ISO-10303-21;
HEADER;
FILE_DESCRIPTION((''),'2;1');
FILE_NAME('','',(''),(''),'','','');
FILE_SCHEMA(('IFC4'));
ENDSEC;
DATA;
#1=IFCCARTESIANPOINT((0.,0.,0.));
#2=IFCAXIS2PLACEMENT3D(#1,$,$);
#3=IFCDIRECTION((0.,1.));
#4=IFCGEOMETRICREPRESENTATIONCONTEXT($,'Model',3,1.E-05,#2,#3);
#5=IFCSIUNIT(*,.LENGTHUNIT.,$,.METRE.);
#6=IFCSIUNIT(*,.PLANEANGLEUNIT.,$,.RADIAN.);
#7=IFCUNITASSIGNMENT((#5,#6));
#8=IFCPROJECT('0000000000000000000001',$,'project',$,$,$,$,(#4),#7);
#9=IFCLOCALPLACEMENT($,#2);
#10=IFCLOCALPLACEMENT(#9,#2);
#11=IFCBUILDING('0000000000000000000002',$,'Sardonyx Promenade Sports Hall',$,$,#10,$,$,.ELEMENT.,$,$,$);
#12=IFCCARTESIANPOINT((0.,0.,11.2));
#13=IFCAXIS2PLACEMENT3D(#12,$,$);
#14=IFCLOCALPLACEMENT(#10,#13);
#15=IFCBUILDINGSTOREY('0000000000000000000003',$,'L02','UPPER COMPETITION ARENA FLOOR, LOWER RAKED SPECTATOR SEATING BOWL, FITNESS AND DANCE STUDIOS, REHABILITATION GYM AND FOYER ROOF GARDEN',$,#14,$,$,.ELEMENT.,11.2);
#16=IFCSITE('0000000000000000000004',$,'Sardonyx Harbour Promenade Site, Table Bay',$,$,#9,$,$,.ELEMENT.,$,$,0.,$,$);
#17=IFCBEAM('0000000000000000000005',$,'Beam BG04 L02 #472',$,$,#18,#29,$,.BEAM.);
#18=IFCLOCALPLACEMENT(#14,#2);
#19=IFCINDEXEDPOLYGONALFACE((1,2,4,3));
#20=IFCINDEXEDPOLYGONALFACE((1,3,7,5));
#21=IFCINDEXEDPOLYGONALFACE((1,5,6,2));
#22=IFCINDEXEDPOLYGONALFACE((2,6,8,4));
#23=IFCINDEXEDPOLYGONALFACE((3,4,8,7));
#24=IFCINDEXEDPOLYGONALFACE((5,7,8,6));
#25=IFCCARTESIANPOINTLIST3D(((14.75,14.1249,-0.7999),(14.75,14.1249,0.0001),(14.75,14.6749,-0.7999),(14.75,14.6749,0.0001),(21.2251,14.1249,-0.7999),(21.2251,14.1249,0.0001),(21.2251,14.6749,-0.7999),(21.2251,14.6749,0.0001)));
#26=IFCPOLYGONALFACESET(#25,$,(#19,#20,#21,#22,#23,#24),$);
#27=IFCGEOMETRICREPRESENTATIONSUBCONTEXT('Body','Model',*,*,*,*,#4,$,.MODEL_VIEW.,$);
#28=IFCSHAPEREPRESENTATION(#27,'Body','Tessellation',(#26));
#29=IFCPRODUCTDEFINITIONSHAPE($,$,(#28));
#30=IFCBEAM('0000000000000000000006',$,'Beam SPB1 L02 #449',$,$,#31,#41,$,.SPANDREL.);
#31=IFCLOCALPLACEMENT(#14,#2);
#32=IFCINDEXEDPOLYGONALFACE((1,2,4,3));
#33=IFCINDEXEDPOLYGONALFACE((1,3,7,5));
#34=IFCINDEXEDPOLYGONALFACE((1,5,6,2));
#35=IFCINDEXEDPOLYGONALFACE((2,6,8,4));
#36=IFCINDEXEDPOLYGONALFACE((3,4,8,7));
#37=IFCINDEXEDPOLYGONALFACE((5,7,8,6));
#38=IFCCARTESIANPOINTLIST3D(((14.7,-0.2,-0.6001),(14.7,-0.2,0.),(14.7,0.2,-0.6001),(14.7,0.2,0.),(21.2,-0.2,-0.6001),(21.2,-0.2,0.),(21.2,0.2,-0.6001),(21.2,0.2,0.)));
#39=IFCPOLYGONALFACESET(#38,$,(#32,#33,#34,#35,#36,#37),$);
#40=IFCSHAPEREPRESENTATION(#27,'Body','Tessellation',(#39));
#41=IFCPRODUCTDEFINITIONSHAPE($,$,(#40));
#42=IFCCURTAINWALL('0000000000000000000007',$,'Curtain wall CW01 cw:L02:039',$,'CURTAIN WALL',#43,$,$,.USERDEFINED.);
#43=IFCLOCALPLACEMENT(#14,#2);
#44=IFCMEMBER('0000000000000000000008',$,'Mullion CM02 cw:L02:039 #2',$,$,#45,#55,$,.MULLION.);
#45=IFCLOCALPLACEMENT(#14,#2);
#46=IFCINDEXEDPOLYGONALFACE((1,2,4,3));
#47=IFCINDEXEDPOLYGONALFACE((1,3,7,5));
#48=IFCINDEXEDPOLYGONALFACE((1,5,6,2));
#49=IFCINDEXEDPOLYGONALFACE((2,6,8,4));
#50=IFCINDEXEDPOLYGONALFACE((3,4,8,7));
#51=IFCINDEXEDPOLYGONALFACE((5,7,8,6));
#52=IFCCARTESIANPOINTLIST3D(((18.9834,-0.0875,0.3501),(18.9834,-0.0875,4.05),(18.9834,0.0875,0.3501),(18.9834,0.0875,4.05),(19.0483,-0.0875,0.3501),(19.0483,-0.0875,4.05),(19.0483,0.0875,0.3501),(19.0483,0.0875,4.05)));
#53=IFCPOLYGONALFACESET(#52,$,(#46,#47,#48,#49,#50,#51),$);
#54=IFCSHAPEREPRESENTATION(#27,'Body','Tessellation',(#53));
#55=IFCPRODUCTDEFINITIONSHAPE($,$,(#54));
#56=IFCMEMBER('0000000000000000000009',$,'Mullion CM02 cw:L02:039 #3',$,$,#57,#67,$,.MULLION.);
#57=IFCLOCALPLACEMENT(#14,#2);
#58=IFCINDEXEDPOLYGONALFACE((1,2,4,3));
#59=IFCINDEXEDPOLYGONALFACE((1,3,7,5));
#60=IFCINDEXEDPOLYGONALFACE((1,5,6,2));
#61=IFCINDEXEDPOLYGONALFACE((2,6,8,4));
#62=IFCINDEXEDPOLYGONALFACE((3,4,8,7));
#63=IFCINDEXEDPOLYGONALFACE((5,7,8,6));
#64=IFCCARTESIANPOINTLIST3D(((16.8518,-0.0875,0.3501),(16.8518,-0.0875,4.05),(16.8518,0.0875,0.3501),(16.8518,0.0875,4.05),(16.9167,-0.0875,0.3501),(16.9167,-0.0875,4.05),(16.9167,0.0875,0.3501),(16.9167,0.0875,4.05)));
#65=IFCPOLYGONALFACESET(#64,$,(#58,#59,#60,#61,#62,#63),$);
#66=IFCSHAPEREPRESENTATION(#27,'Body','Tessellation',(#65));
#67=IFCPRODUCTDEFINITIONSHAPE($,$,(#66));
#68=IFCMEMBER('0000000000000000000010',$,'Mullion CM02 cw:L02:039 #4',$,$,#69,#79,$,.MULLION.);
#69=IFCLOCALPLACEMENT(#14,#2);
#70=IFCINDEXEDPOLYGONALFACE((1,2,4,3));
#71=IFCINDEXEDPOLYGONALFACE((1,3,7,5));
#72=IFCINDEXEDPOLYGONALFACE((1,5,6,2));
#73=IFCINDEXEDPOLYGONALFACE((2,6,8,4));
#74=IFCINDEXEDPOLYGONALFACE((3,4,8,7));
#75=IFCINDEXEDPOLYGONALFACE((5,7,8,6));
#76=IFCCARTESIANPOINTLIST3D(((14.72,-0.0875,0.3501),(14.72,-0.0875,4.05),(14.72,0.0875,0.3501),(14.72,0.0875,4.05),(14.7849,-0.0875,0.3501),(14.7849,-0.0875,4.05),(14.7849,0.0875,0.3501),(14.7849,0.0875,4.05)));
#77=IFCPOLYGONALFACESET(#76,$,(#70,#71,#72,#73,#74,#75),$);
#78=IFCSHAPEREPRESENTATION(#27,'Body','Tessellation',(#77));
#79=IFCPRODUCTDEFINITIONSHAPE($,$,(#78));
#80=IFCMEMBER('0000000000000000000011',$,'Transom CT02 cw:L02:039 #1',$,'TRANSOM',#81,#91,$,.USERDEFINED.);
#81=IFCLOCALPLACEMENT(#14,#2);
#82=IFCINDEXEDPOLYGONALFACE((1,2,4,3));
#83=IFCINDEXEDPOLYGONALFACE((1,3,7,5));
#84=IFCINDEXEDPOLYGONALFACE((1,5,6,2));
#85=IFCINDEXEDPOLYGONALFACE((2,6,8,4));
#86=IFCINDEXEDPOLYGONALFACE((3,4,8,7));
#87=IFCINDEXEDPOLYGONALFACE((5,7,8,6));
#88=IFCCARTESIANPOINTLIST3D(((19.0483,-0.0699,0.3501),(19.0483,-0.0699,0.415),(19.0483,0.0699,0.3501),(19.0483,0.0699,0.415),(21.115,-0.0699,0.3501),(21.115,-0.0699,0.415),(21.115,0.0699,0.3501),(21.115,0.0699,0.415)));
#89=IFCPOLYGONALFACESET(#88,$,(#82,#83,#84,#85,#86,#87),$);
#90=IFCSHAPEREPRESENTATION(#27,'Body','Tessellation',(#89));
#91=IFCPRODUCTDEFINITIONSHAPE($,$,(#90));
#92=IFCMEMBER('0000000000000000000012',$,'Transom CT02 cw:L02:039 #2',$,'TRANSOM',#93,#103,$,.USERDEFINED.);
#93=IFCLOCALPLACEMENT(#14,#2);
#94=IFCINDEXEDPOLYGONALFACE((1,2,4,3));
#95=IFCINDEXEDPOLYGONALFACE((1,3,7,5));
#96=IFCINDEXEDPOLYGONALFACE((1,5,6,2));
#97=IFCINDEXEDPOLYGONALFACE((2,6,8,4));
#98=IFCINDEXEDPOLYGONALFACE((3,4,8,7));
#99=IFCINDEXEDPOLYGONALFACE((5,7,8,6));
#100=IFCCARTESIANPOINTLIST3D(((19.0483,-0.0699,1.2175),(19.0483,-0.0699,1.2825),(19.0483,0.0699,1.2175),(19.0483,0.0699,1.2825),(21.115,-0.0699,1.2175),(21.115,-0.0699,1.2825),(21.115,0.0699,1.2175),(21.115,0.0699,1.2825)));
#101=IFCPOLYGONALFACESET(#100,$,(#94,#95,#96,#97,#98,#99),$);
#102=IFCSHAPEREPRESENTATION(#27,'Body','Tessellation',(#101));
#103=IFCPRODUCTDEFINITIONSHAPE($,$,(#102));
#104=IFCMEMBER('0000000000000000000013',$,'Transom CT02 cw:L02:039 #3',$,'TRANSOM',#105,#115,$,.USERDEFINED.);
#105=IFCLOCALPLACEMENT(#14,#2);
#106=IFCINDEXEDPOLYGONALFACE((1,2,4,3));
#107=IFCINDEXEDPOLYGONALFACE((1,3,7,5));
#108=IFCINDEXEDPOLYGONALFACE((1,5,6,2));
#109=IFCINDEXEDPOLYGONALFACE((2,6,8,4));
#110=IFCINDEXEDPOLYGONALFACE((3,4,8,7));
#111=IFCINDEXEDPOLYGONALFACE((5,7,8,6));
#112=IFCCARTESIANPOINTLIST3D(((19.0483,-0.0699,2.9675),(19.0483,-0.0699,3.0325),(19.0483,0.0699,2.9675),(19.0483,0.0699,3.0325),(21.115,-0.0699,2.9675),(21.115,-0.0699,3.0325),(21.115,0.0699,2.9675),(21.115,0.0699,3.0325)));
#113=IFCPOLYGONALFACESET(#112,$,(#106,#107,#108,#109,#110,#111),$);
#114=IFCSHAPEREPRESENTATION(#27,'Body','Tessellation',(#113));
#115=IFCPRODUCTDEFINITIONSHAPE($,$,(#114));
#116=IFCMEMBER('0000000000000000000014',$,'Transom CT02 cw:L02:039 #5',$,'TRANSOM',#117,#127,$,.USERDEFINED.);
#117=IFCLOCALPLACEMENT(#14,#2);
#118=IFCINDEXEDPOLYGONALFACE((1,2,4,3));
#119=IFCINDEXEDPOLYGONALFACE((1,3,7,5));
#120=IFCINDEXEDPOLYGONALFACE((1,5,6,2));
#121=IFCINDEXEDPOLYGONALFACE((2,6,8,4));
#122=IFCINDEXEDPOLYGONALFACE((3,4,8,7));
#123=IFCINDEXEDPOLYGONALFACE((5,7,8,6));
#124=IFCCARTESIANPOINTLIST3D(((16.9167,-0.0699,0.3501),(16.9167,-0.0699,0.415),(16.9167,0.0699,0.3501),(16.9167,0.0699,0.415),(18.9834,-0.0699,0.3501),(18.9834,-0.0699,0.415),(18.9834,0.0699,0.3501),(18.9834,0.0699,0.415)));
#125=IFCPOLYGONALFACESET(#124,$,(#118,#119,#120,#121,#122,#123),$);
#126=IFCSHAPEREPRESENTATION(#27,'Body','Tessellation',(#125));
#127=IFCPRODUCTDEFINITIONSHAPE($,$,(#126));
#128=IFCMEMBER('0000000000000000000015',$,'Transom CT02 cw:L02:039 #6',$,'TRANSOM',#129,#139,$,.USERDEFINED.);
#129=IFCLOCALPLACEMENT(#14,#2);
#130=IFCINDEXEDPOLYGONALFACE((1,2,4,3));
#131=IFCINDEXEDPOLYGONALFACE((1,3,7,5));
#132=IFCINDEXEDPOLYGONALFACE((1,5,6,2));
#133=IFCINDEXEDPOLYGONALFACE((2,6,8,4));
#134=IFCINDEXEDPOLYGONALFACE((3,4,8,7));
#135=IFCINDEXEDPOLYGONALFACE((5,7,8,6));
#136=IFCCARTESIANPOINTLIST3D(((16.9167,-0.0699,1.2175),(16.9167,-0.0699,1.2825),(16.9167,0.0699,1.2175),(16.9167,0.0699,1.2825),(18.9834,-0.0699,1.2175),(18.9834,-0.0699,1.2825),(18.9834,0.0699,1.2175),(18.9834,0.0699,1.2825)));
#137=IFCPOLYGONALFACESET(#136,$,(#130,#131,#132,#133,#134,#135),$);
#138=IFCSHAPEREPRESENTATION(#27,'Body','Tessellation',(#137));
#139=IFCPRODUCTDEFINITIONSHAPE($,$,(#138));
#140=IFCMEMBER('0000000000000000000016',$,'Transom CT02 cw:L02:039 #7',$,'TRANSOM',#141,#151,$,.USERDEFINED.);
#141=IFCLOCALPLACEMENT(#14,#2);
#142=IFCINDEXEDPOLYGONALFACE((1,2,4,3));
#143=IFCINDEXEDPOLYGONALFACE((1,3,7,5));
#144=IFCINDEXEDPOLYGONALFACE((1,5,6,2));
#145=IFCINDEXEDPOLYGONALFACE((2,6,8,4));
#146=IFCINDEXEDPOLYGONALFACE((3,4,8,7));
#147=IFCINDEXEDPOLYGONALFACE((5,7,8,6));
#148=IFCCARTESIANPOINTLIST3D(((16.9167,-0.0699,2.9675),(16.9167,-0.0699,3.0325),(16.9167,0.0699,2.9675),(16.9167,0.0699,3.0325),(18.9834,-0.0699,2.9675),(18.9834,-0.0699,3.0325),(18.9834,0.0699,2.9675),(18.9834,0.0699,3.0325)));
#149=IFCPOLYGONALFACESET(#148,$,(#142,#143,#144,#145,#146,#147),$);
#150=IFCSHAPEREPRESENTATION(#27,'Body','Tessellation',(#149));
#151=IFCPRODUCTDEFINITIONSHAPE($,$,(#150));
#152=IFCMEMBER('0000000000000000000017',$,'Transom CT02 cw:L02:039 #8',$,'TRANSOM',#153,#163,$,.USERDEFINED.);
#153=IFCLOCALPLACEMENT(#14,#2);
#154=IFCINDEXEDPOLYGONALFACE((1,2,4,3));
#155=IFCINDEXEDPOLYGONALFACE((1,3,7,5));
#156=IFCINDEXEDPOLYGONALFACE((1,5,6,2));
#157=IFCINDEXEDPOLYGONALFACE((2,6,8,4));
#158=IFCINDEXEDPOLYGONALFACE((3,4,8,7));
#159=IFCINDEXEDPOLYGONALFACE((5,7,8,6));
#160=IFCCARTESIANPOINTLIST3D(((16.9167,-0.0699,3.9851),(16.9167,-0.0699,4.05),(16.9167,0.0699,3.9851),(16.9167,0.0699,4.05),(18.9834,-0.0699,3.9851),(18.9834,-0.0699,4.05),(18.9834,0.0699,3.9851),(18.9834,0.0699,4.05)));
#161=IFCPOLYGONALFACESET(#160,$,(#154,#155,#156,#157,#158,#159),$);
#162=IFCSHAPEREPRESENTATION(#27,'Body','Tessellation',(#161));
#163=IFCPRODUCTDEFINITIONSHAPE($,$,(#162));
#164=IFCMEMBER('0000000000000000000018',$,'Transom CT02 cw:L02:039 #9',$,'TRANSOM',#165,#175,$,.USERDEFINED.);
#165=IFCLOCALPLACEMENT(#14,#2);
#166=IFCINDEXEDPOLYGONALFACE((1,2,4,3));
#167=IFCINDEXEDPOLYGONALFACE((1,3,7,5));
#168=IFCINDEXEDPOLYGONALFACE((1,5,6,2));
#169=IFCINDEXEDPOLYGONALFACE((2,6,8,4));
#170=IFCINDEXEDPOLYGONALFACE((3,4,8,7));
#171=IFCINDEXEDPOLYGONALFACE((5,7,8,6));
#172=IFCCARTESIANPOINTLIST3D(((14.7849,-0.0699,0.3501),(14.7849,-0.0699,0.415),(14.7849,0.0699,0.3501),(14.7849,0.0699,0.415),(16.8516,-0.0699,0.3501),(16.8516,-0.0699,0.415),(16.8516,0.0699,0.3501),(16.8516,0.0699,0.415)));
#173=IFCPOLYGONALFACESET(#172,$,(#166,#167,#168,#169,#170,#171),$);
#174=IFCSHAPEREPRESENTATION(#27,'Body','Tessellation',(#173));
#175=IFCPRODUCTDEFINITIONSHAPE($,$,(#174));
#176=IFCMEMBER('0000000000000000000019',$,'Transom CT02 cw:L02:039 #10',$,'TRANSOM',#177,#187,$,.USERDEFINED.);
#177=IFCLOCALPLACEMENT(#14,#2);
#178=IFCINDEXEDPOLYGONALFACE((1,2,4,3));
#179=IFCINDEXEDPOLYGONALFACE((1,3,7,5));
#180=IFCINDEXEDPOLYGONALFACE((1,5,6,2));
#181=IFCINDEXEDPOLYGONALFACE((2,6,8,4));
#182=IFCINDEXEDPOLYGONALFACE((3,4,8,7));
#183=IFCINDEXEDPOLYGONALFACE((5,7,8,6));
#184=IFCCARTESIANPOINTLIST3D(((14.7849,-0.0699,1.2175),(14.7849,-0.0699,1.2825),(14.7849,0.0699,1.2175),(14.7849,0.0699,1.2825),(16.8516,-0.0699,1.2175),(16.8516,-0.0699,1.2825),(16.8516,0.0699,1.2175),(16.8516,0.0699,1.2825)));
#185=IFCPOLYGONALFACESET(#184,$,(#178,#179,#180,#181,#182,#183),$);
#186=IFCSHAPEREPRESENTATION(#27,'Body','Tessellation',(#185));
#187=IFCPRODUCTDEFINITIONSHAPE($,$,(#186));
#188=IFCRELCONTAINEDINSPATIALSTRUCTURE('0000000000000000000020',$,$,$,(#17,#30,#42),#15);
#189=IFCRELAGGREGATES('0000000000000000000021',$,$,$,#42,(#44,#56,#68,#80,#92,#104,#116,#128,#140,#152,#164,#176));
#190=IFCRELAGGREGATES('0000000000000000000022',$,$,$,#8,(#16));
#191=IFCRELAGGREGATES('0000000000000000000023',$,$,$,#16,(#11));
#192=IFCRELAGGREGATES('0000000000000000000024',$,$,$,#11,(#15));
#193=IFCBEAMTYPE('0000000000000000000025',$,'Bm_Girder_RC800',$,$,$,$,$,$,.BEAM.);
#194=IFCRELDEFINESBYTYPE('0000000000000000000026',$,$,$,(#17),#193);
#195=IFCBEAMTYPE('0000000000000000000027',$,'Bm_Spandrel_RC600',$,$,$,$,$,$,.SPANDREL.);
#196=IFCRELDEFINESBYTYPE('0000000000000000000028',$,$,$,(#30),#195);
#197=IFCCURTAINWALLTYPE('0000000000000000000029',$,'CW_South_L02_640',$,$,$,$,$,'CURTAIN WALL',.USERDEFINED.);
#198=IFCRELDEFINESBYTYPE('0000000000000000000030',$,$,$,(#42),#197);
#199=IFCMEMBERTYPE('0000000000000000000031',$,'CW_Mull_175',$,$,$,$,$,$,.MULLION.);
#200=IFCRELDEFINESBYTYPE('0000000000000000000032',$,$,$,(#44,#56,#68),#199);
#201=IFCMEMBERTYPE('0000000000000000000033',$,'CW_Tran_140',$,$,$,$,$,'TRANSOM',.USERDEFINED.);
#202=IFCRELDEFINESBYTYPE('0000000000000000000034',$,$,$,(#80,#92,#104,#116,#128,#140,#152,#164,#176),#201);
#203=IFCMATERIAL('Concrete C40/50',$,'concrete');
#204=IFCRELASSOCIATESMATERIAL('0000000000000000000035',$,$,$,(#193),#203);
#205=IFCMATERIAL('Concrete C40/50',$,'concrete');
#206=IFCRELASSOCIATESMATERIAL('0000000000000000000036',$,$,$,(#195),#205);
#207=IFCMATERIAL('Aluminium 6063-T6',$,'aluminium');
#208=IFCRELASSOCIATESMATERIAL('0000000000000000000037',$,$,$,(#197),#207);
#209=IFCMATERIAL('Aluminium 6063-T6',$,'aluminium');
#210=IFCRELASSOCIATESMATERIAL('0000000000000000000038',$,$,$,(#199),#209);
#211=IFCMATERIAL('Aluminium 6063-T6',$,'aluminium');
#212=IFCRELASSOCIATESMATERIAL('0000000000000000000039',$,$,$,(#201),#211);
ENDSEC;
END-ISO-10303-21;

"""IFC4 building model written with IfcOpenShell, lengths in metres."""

from ifc_helpers import new_model, si_unit, direction, frame, origin, origin_2d, place, context, subcontext, project, spatial, rectangle, extrude, material, material_profile, profile_set, type_object, element, aggregate, save


model = new_model("IFC4")

# Units and contexts
model_context = context("Model", 3, precision=1e-05, world=origin(), true_north=direction((0.0, 1.0)))
body_context = subcontext(model_context, "Body", "Model", "MODEL_VIEW")
ifc_project = project(units=[si_unit("LENGTHUNIT", "METRE"), si_unit("PLANEANGLEUNIT", "RADIAN")], contexts=[model_context])

# Site, building, storey
site_placement = place(None, origin())
site = spatial("IfcSite", under=ifc_project, at=site_placement, Name="Sardonyx Harbour Promenade Site, Table Bay", CompositionType="ELEMENT", RefElevation=0.0)
building_placement = place(site_placement, origin())
building = spatial("IfcBuilding", under=site, at=building_placement, Name="Sardonyx Promenade Sports Hall", CompositionType="ELEMENT")
storey_placement = place(building_placement, frame((0.0, 0.0, 11.2)))
storey = spatial("IfcBuildingStorey", under=building, at=storey_placement, Name="L02", Description="UPPER COMPETITION ARENA FLOOR, LOWER RAKED SPECTATOR SEATING BOWL, FITNESS AND DANCE STUDIOS, REHABILITATION GYM AND FOYER ROOF GARDEN", CompositionType="ELEMENT", Elevation=11.2)

# Beams
ifc_material_1 = material(Name="Concrete C40/50", Category="concrete")
ifc_material_profile_1 = material_profile(ifc_material_1, rectangle(XDim=0.55, YDim=0.8, at=origin_2d()))
ifc_profile_set_1 = profile_set([ifc_material_profile_1], Name="Concrete C40/50")
beam_type_1 = type_object("IfcBeamType", Name="Bm_Girder_RC800", PredefinedType="BEAM", material=ifc_profile_set_1)
beam_1_placement = place(storey_placement, frame((14.75, 14.3999, -0.3999), z_axis=(1.0, 0.0, 0.0), x_axis=(0.0, 1.0, 0.0)))
element("IfcBeam", 1, at=beam_1_placement, inside=storey, type_object=beam_type_1, Name="Beam BG04 L02 #472", PredefinedType="BEAM", context=body_context, shape_type="SweptSolid", body=[
    extrude(rectangle(XDim=0.55, YDim=0.8, at=origin_2d()), origin(), (0.0, 0.0, 1.0), 6.4751),
])
ifc_material_2 = material(Name="Concrete C40/50", Category="concrete")
ifc_material_profile_2 = material_profile(ifc_material_2, rectangle(XDim=0.3999, YDim=0.6001, at=origin_2d()))
ifc_profile_set_2 = profile_set([ifc_material_profile_2], Name="Concrete C40/50")
beam_type_2 = type_object("IfcBeamType", Name="Bm_Spandrel_RC600", PredefinedType="SPANDREL", material=ifc_profile_set_2)
beam_2_placement = place(storey_placement, frame((14.7, 0.0, -0.3), z_axis=(1.0, 0.0, 0.0), x_axis=(0.0, 1.0, 0.0)))
element("IfcBeam", 2, at=beam_2_placement, inside=storey, type_object=beam_type_2, Name="Beam SPB1 L02 #449", PredefinedType="SPANDREL", context=body_context, shape_type="SweptSolid", body=[
    extrude(rectangle(XDim=0.3999, YDim=0.6001, at=origin_2d()), origin(), (0.0, 0.0, 1.0), 6.5),
])

# Curtain wall, members
ifc_material_3 = material(Name="Aluminium 6063-T6", Category="aluminium")
curtain_wall_type = type_object("IfcCurtainWallType", Name="CW_South_L02_640", ElementType="CURTAIN WALL", PredefinedType="USERDEFINED", material=ifc_material_3)
curtain_wall_placement = place(storey_placement, origin())
curtain_wall = element("IfcCurtainWall", 3, at=curtain_wall_placement, inside=storey, type_object=curtain_wall_type, Name="Curtain wall CW01 cw:L02:039", ObjectType="CURTAIN WALL", PredefinedType="USERDEFINED")
ifc_material_4 = material(Name="Aluminium 6063-T6", Category="aluminium")
ifc_material_profile_3 = material_profile(ifc_material_4, rectangle(XDim=0.0649, YDim=0.175, at=origin_2d()))
ifc_profile_set_3 = profile_set([ifc_material_profile_3], Name="Aluminium 6063-T6")
member_type_1 = type_object("IfcMemberType", Name="CW_Mull_175", PredefinedType="MULLION", material=ifc_profile_set_3)
member_1_placement = place(storey_placement, frame((19.0159, 0.0, 0.3501), z_axis=(0.0, 0.0, 1.0), x_axis=(-1.0, 0.0, 0.0)))
member_1 = element("IfcMember", 4, at=member_1_placement, type_object=member_type_1, Name="Mullion CM02 cw:L02:039 #2", PredefinedType="MULLION", context=body_context, shape_type="SweptSolid", body=[
    extrude(rectangle(XDim=0.0649, YDim=0.175, at=origin_2d()), origin(), (0.0, 0.0, 1.0), 3.7),
])
member_2_placement = place(storey_placement, frame((16.8843, 0.0, 0.3501), z_axis=(0.0, 0.0, 1.0), x_axis=(-1.0, 0.0, 0.0)))
member_2 = element("IfcMember", 5, at=member_2_placement, type_object=member_type_1, Name="Mullion CM02 cw:L02:039 #3", PredefinedType="MULLION", context=body_context, shape_type="SweptSolid", body=[
    extrude(rectangle(XDim=0.0649, YDim=0.175, at=origin_2d()), origin(), (0.0, 0.0, 1.0), 3.7),
])
member_3_placement = place(storey_placement, frame((14.7524, 0.0, 0.3501), z_axis=(0.0, 0.0, 1.0), x_axis=(-1.0, 0.0, 0.0)))
member_3 = element("IfcMember", 6, at=member_3_placement, type_object=member_type_1, Name="Mullion CM02 cw:L02:039 #4", PredefinedType="MULLION", context=body_context, shape_type="SweptSolid", body=[
    extrude(rectangle(XDim=0.0649, YDim=0.175, at=origin_2d()), origin(), (0.0, 0.0, 1.0), 3.7),
])
ifc_material_5 = material(Name="Aluminium 6063-T6", Category="aluminium")
ifc_material_profile_4 = material_profile(ifc_material_5, rectangle(XDim=0.0649, YDim=0.1399, at=origin_2d()))
ifc_profile_set_4 = profile_set([ifc_material_profile_4], Name="Aluminium 6063-T6")
member_type_2 = type_object("IfcMemberType", Name="CW_Tran_140", ElementType="TRANSOM", PredefinedType="USERDEFINED", material=ifc_profile_set_4)
member_4_placement = place(storey_placement, frame((21.115, 0.0, 0.3826), z_axis=(-1.0, 0.0, 0.0), x_axis=(0.0, 0.0, 1.0)))
member_4 = element("IfcMember", 7, at=member_4_placement, type_object=member_type_2, Name="Transom CT02 cw:L02:039 #1", ObjectType="TRANSOM", PredefinedType="USERDEFINED", context=body_context, shape_type="SweptSolid", body=[
    extrude(rectangle(XDim=0.0649, YDim=0.1399, at=origin_2d()), origin(), (0.0, 0.0, 1.0), 2.0667),
])
member_5_placement = place(storey_placement, frame((21.115, 0.0, 1.25), z_axis=(-1.0, 0.0, 0.0), x_axis=(0.0, 0.0, 1.0)))
member_5 = element("IfcMember", 8, at=member_5_placement, type_object=member_type_2, Name="Transom CT02 cw:L02:039 #2", ObjectType="TRANSOM", PredefinedType="USERDEFINED", context=body_context, shape_type="SweptSolid", body=[
    extrude(rectangle(XDim=0.0649, YDim=0.1399, at=origin_2d()), origin(), (0.0, 0.0, 1.0), 2.0667),
])
member_6_placement = place(storey_placement, frame((21.115, 0.0, 3.0), z_axis=(-1.0, 0.0, 0.0), x_axis=(0.0, 0.0, 1.0)))
member_6 = element("IfcMember", 9, at=member_6_placement, type_object=member_type_2, Name="Transom CT02 cw:L02:039 #3", ObjectType="TRANSOM", PredefinedType="USERDEFINED", context=body_context, shape_type="SweptSolid", body=[
    extrude(rectangle(XDim=0.0649, YDim=0.1399, at=origin_2d()), origin(), (0.0, 0.0, 1.0), 2.0667),
])
member_7_placement = place(storey_placement, frame((18.9834, 0.0, 0.3826), z_axis=(-1.0, 0.0, 0.0), x_axis=(0.0, 0.0, 1.0)))
member_7 = element("IfcMember", 10, at=member_7_placement, type_object=member_type_2, Name="Transom CT02 cw:L02:039 #5", ObjectType="TRANSOM", PredefinedType="USERDEFINED", context=body_context, shape_type="SweptSolid", body=[
    extrude(rectangle(XDim=0.0649, YDim=0.1399, at=origin_2d()), origin(), (0.0, 0.0, 1.0), 2.0667),
])
member_8_placement = place(storey_placement, frame((18.9834, 0.0, 1.25), z_axis=(-1.0, 0.0, 0.0), x_axis=(0.0, 0.0, 1.0)))
member_8 = element("IfcMember", 11, at=member_8_placement, type_object=member_type_2, Name="Transom CT02 cw:L02:039 #6", ObjectType="TRANSOM", PredefinedType="USERDEFINED", context=body_context, shape_type="SweptSolid", body=[
    extrude(rectangle(XDim=0.0649, YDim=0.1399, at=origin_2d()), origin(), (0.0, 0.0, 1.0), 2.0667),
])
member_9_placement = place(storey_placement, frame((18.9834, 0.0, 3.0), z_axis=(-1.0, 0.0, 0.0), x_axis=(0.0, 0.0, 1.0)))
member_9 = element("IfcMember", 12, at=member_9_placement, type_object=member_type_2, Name="Transom CT02 cw:L02:039 #7", ObjectType="TRANSOM", PredefinedType="USERDEFINED", context=body_context, shape_type="SweptSolid", body=[
    extrude(rectangle(XDim=0.0649, YDim=0.1399, at=origin_2d()), origin(), (0.0, 0.0, 1.0), 2.0667),
])
member_10_placement = place(storey_placement, frame((18.9834, 0.0, 4.0176), z_axis=(-1.0, 0.0, 0.0), x_axis=(0.0, 0.0, 1.0)))
member_10 = element("IfcMember", 13, at=member_10_placement, type_object=member_type_2, Name="Transom CT02 cw:L02:039 #8", ObjectType="TRANSOM", PredefinedType="USERDEFINED", context=body_context, shape_type="SweptSolid", body=[
    extrude(rectangle(XDim=0.0649, YDim=0.1399, at=origin_2d()), origin(), (0.0, 0.0, 1.0), 2.0667),
])
member_11_placement = place(storey_placement, frame((16.8516, 0.0, 0.3826), z_axis=(-1.0, 0.0, 0.0), x_axis=(0.0, 0.0, 1.0)))
member_11 = element("IfcMember", 14, at=member_11_placement, type_object=member_type_2, Name="Transom CT02 cw:L02:039 #9", ObjectType="TRANSOM", PredefinedType="USERDEFINED", context=body_context, shape_type="SweptSolid", body=[
    extrude(rectangle(XDim=0.0649, YDim=0.1399, at=origin_2d()), origin(), (0.0, 0.0, 1.0), 2.0667),
])
member_12_placement = place(storey_placement, frame((16.8516, 0.0, 1.25), z_axis=(-1.0, 0.0, 0.0), x_axis=(0.0, 0.0, 1.0)))
member_12 = element("IfcMember", 15, at=member_12_placement, type_object=member_type_2, Name="Transom CT02 cw:L02:039 #10", ObjectType="TRANSOM", PredefinedType="USERDEFINED", context=body_context, shape_type="SweptSolid", body=[
    extrude(rectangle(XDim=0.0649, YDim=0.1399, at=origin_2d()), origin(), (0.0, 0.0, 1.0), 2.0667),
])
aggregate(curtain_wall, [member_1, member_2, member_3, member_4, member_5, member_6, member_7, member_8, member_9, member_10, member_11, member_12])

save(model, "model.ifc")
